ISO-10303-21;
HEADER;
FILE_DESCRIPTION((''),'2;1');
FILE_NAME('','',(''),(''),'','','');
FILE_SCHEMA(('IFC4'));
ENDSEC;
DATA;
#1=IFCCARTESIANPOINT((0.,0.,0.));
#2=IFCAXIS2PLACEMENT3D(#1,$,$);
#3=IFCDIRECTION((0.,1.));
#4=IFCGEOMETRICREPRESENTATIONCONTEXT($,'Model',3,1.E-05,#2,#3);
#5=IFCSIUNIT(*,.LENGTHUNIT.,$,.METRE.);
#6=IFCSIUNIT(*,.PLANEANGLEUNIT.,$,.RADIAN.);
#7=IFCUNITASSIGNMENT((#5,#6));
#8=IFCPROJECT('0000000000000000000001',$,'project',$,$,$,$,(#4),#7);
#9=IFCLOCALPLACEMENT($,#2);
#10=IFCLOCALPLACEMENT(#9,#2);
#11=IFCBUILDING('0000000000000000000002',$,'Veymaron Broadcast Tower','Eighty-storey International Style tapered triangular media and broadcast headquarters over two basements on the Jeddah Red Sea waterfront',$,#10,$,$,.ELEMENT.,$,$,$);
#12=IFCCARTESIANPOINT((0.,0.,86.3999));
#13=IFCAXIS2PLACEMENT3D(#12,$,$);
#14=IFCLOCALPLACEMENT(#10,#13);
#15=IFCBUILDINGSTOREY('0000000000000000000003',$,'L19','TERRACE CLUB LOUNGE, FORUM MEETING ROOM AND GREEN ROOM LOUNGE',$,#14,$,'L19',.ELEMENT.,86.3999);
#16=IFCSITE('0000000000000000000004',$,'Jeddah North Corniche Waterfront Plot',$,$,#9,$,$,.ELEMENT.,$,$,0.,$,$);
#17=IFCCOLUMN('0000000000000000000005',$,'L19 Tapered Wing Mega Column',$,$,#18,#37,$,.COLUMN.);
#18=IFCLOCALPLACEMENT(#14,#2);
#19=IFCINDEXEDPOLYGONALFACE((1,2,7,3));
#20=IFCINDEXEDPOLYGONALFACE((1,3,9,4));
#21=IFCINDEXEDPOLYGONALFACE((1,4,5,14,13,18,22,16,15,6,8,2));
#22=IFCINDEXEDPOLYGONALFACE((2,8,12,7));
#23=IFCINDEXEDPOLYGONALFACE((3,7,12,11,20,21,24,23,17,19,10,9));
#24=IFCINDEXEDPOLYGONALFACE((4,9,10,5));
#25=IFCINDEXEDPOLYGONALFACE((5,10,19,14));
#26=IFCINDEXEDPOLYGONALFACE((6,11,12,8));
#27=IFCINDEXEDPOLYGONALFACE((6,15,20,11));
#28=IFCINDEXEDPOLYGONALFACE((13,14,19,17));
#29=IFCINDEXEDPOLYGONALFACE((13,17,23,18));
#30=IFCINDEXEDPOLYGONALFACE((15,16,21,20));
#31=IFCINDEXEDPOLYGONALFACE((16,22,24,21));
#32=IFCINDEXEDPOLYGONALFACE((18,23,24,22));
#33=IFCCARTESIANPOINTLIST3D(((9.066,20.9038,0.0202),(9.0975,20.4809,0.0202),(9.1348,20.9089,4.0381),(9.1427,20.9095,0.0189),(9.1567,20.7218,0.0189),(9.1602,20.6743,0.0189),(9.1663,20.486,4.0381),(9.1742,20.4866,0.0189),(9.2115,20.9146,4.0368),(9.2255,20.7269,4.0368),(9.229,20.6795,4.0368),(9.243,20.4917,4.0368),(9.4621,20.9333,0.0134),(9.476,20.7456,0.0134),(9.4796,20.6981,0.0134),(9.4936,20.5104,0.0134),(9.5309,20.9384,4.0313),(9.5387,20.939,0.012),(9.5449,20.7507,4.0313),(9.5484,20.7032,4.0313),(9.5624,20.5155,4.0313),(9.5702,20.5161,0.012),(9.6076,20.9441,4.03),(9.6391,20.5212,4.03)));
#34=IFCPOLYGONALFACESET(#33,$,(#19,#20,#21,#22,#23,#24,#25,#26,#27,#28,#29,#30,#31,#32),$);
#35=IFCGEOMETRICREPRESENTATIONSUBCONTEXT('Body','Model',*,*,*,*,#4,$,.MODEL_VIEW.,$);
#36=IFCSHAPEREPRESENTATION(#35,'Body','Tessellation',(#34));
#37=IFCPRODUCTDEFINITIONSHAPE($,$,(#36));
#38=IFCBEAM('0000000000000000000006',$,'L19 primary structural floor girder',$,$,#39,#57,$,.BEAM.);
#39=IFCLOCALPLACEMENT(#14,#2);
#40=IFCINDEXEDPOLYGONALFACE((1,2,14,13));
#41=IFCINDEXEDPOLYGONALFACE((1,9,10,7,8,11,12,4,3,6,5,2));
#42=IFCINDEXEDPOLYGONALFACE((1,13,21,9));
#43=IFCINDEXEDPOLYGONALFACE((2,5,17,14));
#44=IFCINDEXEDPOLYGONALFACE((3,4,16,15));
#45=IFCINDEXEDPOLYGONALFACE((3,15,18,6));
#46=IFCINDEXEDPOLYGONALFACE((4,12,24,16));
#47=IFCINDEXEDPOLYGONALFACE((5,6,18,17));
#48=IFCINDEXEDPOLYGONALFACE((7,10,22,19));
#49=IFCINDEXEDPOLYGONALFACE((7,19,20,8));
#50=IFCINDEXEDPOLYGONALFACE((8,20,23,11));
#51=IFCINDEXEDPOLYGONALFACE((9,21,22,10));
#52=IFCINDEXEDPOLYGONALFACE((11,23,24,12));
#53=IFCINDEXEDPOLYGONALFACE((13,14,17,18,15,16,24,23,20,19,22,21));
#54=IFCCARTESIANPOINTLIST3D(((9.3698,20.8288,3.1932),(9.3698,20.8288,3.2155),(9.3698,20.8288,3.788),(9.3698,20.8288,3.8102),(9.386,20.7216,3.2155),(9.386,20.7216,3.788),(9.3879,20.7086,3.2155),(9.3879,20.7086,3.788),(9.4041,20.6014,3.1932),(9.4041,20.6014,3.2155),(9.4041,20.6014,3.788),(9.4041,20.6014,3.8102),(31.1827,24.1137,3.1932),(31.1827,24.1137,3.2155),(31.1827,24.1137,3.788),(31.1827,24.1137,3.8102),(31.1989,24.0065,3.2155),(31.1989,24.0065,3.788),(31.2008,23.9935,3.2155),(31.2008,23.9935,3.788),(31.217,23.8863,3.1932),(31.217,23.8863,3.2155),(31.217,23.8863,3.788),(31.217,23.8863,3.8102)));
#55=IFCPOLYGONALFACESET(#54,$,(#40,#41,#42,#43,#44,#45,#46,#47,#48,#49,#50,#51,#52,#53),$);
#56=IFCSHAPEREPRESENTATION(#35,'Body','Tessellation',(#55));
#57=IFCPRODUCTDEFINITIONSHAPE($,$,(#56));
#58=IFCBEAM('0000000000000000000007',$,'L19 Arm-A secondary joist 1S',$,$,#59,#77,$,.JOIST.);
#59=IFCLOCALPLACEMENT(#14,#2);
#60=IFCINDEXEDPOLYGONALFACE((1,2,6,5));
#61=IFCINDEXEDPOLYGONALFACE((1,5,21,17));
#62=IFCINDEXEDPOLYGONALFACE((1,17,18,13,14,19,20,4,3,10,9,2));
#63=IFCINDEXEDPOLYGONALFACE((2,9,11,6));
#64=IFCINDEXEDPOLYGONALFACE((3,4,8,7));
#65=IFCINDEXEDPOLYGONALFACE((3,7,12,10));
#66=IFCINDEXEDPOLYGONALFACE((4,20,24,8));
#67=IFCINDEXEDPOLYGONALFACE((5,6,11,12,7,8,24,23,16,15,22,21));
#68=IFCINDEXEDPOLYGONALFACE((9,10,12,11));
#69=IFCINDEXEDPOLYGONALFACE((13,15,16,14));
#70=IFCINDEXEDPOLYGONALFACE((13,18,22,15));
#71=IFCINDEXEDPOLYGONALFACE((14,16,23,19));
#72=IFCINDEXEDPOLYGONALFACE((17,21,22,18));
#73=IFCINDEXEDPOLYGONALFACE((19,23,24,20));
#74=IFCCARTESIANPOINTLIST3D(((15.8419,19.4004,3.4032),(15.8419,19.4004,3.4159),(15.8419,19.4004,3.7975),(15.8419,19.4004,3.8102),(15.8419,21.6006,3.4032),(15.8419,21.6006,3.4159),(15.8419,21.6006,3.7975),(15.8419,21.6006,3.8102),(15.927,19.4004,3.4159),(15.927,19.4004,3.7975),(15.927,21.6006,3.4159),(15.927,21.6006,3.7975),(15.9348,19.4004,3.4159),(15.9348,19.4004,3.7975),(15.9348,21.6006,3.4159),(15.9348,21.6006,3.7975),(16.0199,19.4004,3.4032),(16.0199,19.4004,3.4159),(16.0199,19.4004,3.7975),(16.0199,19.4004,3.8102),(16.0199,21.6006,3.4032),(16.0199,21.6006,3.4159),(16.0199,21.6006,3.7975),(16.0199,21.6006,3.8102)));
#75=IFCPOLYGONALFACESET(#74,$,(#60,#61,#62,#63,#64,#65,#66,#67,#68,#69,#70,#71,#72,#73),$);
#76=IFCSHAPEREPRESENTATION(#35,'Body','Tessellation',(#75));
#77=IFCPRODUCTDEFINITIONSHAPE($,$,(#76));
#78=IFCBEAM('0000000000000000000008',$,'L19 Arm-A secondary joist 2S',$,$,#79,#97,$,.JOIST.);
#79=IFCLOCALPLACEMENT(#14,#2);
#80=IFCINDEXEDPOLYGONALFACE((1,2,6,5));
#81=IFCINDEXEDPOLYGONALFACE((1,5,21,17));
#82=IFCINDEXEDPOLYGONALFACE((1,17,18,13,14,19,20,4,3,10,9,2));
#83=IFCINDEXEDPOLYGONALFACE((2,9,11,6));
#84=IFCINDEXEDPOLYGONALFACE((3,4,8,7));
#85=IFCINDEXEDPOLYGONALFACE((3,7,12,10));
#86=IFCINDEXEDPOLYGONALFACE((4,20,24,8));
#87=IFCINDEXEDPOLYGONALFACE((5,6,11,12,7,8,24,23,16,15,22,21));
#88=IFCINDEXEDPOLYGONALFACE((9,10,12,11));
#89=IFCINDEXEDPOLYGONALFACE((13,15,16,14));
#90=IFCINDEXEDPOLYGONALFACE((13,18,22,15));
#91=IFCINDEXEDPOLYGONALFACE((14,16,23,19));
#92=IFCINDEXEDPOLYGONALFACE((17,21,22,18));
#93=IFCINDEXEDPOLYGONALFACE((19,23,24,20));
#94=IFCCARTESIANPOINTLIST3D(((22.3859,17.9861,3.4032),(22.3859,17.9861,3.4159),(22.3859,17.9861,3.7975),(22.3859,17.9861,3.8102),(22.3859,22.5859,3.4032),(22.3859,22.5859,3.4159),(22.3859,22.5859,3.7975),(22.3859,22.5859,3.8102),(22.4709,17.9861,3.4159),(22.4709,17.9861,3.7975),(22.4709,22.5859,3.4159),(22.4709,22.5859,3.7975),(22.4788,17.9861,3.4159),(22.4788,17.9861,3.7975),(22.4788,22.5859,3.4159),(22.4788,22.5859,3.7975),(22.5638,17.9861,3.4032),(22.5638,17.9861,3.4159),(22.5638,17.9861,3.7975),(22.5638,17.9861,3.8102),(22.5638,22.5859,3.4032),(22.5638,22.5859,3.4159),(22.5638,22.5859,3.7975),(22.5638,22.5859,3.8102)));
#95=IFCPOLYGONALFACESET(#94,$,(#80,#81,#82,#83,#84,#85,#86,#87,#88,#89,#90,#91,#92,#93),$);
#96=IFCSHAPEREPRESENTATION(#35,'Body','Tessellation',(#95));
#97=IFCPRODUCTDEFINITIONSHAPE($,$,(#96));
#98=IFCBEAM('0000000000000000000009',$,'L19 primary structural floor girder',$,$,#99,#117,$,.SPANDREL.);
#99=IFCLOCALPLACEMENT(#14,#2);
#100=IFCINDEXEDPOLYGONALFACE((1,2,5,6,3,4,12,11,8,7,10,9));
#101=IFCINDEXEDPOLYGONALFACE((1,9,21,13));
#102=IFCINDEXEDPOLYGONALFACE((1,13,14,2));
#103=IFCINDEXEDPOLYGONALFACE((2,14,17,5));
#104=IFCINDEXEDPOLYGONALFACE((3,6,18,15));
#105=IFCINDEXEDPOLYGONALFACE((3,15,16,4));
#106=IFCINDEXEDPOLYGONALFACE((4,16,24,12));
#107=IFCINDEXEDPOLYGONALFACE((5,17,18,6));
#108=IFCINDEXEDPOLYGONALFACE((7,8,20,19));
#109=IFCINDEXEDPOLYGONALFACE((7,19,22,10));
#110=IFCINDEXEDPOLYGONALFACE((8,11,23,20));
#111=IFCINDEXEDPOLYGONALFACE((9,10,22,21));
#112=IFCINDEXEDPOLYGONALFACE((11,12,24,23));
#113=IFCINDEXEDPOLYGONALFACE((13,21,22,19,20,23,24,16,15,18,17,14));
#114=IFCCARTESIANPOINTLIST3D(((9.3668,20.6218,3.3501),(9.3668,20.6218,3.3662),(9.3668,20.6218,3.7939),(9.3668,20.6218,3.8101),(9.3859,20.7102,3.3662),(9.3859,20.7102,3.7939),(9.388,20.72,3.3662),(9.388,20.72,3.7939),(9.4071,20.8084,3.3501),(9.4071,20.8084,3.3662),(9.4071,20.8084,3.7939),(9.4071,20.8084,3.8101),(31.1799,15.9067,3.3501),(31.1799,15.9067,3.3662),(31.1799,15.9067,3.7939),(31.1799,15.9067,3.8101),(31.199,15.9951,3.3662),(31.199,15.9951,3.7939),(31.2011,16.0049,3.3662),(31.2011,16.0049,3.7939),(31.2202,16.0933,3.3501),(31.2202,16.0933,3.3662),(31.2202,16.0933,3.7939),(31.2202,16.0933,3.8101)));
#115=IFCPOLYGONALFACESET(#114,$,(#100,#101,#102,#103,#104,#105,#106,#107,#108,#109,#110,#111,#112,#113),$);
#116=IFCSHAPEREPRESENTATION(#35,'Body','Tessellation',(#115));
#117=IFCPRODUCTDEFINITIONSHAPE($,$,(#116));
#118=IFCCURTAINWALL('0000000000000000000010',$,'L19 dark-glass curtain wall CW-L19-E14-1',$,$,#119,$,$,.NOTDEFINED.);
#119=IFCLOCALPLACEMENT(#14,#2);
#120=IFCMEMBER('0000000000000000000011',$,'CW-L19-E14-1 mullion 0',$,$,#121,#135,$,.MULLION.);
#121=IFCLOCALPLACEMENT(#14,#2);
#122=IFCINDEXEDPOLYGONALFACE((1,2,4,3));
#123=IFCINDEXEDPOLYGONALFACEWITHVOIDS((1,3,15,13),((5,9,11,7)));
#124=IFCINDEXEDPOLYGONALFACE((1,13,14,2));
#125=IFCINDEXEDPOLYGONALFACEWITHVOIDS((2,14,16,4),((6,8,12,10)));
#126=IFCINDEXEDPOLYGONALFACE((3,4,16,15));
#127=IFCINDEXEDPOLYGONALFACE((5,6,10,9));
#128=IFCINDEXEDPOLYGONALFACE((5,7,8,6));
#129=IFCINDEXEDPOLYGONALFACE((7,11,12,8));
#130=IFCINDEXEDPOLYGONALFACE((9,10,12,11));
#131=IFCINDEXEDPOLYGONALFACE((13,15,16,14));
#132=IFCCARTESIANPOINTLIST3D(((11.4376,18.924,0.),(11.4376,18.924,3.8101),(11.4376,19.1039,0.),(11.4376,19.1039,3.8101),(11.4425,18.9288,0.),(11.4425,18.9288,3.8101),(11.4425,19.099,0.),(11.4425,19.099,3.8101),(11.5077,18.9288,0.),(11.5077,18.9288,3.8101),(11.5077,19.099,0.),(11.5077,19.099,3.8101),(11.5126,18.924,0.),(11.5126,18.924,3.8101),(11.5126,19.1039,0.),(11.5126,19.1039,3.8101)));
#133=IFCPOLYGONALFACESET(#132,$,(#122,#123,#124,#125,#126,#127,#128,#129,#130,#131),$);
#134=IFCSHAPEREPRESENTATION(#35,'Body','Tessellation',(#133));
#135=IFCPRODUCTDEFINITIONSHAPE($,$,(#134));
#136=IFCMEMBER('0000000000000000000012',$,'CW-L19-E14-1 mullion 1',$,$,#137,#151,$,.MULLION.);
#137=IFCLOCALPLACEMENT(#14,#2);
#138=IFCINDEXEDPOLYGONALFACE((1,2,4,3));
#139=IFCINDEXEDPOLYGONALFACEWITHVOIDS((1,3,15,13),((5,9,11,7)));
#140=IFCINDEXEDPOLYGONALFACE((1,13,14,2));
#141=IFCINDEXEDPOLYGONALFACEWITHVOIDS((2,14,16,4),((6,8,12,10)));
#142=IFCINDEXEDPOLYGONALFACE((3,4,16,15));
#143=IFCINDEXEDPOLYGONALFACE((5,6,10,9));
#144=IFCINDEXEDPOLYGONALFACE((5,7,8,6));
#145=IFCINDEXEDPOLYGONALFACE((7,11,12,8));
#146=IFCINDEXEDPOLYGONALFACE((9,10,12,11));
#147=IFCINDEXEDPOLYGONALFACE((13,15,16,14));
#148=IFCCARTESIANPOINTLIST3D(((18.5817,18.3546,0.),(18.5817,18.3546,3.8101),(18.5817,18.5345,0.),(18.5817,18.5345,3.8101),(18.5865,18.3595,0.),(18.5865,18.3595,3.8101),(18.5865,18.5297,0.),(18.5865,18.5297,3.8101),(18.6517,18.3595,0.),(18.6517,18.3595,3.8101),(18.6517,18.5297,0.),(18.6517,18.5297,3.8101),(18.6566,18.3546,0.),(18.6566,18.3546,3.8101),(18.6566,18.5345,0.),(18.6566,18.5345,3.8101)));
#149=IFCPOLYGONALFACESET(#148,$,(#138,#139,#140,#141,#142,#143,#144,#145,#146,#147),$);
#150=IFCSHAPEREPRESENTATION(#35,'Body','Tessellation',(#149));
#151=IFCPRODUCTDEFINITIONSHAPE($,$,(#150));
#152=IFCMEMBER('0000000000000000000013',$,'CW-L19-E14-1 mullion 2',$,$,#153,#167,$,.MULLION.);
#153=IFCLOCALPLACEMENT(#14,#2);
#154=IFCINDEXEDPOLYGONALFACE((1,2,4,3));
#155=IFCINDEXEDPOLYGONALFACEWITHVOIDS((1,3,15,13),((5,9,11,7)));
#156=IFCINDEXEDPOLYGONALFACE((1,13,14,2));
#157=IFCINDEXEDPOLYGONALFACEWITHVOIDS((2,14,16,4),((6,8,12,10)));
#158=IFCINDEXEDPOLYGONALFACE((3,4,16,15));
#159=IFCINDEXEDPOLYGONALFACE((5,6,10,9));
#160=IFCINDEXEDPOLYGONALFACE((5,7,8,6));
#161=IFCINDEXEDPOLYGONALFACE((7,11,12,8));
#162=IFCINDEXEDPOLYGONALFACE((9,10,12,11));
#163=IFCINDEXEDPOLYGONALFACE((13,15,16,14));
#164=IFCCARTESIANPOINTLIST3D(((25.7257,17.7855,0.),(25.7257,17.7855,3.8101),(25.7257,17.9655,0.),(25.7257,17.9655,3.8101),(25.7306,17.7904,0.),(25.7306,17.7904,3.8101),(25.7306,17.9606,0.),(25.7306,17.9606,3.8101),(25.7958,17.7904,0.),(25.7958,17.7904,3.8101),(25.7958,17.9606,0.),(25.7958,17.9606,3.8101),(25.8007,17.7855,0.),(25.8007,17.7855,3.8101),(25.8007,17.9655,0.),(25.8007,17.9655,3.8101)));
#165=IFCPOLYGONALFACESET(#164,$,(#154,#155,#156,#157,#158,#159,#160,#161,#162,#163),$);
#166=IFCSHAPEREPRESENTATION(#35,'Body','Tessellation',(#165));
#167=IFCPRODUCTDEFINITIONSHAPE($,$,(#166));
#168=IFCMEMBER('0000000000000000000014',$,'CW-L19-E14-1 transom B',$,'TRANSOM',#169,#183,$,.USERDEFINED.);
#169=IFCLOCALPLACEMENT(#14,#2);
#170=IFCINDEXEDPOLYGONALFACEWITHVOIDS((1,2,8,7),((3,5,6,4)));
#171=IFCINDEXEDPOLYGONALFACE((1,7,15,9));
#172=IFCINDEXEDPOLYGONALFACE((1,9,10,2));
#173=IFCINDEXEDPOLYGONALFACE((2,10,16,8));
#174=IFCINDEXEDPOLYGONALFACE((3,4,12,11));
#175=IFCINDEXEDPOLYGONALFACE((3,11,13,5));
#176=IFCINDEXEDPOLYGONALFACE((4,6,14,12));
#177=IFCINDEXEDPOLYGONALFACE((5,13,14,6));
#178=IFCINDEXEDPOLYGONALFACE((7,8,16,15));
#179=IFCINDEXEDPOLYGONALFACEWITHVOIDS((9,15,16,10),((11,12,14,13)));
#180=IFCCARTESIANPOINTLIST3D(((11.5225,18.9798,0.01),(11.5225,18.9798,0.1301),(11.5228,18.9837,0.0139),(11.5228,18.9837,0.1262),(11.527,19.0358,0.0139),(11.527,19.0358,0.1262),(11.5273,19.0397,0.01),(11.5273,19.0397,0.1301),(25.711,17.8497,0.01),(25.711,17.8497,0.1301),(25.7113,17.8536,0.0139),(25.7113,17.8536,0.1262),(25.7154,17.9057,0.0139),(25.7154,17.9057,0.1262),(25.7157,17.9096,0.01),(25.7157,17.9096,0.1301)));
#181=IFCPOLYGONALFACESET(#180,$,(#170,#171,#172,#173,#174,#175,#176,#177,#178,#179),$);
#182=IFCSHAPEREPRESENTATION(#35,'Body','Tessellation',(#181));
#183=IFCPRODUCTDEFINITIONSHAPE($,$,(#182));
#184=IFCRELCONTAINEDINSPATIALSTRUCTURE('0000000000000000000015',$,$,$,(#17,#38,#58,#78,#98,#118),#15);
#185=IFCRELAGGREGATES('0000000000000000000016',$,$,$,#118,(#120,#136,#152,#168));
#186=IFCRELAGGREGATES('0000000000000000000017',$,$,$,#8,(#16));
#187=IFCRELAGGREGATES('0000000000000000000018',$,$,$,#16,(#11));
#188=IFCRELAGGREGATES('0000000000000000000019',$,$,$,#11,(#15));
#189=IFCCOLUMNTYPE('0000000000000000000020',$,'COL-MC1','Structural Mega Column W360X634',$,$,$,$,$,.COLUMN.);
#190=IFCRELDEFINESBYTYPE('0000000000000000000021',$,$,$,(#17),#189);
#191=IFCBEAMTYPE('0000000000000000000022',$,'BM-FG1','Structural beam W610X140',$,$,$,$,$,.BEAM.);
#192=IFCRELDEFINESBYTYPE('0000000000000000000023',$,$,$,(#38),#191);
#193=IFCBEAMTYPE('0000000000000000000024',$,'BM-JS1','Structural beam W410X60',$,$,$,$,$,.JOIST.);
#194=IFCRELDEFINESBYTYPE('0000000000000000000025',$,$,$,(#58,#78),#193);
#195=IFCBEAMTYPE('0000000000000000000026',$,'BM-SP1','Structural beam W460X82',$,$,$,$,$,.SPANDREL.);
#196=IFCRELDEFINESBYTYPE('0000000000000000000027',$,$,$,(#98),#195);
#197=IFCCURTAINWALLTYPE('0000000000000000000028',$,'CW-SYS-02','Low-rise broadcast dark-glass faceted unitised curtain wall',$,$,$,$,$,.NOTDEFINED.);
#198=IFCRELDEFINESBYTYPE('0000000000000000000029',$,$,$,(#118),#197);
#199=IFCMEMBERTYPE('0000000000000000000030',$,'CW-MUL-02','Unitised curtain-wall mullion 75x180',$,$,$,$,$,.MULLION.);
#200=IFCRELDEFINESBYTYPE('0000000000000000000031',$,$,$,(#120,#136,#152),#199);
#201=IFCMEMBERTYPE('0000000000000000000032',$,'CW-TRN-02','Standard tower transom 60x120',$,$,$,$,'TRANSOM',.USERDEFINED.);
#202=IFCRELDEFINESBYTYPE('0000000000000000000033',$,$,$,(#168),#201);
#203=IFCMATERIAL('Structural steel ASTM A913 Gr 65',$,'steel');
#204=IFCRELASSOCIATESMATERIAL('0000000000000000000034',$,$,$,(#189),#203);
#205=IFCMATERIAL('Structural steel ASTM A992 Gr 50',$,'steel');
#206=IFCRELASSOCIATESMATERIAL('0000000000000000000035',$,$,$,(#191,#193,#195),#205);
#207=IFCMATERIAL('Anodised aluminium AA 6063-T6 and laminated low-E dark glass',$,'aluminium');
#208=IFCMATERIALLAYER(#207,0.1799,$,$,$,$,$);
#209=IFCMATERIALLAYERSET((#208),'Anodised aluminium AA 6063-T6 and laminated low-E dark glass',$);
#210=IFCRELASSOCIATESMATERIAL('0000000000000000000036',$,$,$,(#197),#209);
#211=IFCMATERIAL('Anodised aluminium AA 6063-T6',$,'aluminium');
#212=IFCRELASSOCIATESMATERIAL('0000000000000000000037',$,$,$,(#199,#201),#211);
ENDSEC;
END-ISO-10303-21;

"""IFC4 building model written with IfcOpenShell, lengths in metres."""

from ifc_helpers import new_model, si_unit, direction, frame, origin, origin_2d, place, context, subcontext, project, spatial, hollow_rectangle, i_section, extrude, material, layer, layer_set, material_profile, profile_set, type_object, element, aggregate, save


model = new_model("IFC4")

# Units and contexts
model_context = context("Model", 3, precision=1e-05, world=origin(), true_north=direction((0.0, 1.0)))
body_context = subcontext(model_context, "Body", "Model", "MODEL_VIEW")
ifc_project = project(units=[si_unit("LENGTHUNIT", "METRE"), si_unit("PLANEANGLEUNIT", "RADIAN")], contexts=[model_context])

# Site, building, storey
site_placement = place(None, origin())
site = spatial("IfcSite", under=ifc_project, at=site_placement, Name="Jeddah North Corniche Waterfront Plot", CompositionType="ELEMENT", RefElevation=0.0)
building_placement = place(site_placement, origin())
building = spatial("IfcBuilding", under=site, at=building_placement, Name="Veymaron Broadcast Tower", Description="Eighty-storey International Style tapered triangular media and broadcast headquarters over two basements on the Jeddah Red Sea waterfront", CompositionType="ELEMENT")
storey_placement = place(building_placement, frame((0.0, 0.0, 86.3999)))
storey = spatial("IfcBuildingStorey", under=building, at=storey_placement, Name="L19", Description="TERRACE CLUB LOUNGE, FORUM MEETING ROOM AND GREEN ROOM LOUNGE", LongName="L19", CompositionType="ELEMENT", Elevation=86.3999)

# Column
ifc_material_1 = material(Name="Structural steel ASTM A913 Gr 65", Category="steel")
ifc_material_profile_1 = material_profile(ifc_material_1, i_section(OverallWidth=0.4241, OverallDepth=0.4741, WebThickness=0.0476, FlangeThickness=0.0769, at=origin_2d()), Name="W360X634")
ifc_profile_set_1 = profile_set([ifc_material_profile_1], Name="Structural steel ASTM A913 Gr 65")
column_type = type_object("IfcColumnType", Name="COL-MC1", Description="Structural Mega Column W360X634", PredefinedType="COLUMN", material=ifc_profile_set_1)
column_placement = place(storey_placement, frame((9.3181, 20.71, 0.0161), z_axis=(0.017132, 0.001276, 0.999852), x_axis=(-0.074262, 0.997239, 0.0)))
element("IfcColumn", 1, at=column_placement, inside=storey, type_object=column_type, Name="L19 Tapered Wing Mega Column", PredefinedType="COLUMN", context=body_context, shape_type="SweptSolid", body=[
    extrude(i_section(OverallWidth=0.4241, OverallDepth=0.4741, WebThickness=0.0476, FlangeThickness=0.0769, at=origin_2d()), origin(), (0.0, 0.0, 1.0), 4.0186),
])

# Beams
ifc_material_2 = material(Name="Structural steel ASTM A992 Gr 50", Category="steel")
ifc_material_profile_2 = material_profile(ifc_material_2, i_section(OverallWidth=0.23, OverallDepth=0.6169, WebThickness=0.0132, FlangeThickness=0.0222, at=origin_2d()), Name="W610X140")
ifc_profile_set_2 = profile_set([ifc_material_profile_2], Name="Structural steel ASTM A992 Gr 50")
beam_type_1 = type_object("IfcBeamType", Name="BM-FG1", Description="Structural beam W610X140", PredefinedType="BEAM", material=ifc_profile_set_2)
beam_1_placement = place(storey_placement, frame((9.387, 20.7151, 3.5017), z_axis=(0.98885, 0.148915, 0.0), x_axis=(-0.148915, 0.98885, 0.0)))
element("IfcBeam", 2, at=beam_1_placement, inside=storey, type_object=beam_type_1, Name="L19 primary structural floor girder", PredefinedType="BEAM", context=body_context, shape_type="SweptSolid", body=[
    extrude(i_section(OverallWidth=0.23, OverallDepth=0.6169, WebThickness=0.0132, FlangeThickness=0.0222, at=origin_2d()), origin(), (0.0, 0.0, 1.0), 22.0588),
])
ifc_material_profile_3 = material_profile(ifc_material_2, i_section(OverallWidth=0.178, OverallDepth=0.407, WebThickness=0.0078, FlangeThickness=0.0127, at=origin_2d()), Name="W410X60")
ifc_profile_set_3 = profile_set([ifc_material_profile_3], Name="Structural steel ASTM A992 Gr 50")
beam_type_2 = type_object("IfcBeamType", Name="BM-JS1", Description="Structural beam W410X60", PredefinedType="JOIST", material=ifc_profile_set_3)
beam_2_placement = place(storey_placement, frame((15.9309, 19.4004, 3.6067), z_axis=(0.0, 1.0, 0.0), x_axis=(-1.0, 0.0, 0.0)))
element("IfcBeam", 3, at=beam_2_placement, inside=storey, type_object=beam_type_2, Name="L19 Arm-A secondary joist 1S", PredefinedType="JOIST", context=body_context, shape_type="SweptSolid", body=[
    extrude(i_section(OverallWidth=0.178, OverallDepth=0.407, WebThickness=0.0078, FlangeThickness=0.0127, at=origin_2d()), origin(), (0.0, 0.0, 1.0), 2.2002),
])
beam_3_placement = place(storey_placement, frame((22.4749, 17.9861, 3.6067), z_axis=(0.0, 1.0, 0.0), x_axis=(-1.0, 0.0, 0.0)))
element("IfcBeam", 4, at=beam_3_placement, inside=storey, type_object=beam_type_2, Name="L19 Arm-A secondary joist 2S", PredefinedType="JOIST", context=body_context, shape_type="SweptSolid", body=[
    extrude(i_section(OverallWidth=0.178, OverallDepth=0.407, WebThickness=0.0078, FlangeThickness=0.0127, at=origin_2d()), origin(), (0.0, 0.0, 1.0), 4.5999),
])
ifc_material_profile_4 = material_profile(ifc_material_2, i_section(OverallWidth=0.1909, OverallDepth=0.46, WebThickness=0.01, FlangeThickness=0.0161, at=origin_2d()), Name="W460X82")
ifc_profile_set_4 = profile_set([ifc_material_profile_4], Name="Structural steel ASTM A992 Gr 50")
beam_type_3 = type_object("IfcBeamType", Name="BM-SP1", Description="Structural beam W460X82", PredefinedType="SPANDREL", material=ifc_profile_set_4)
beam_4_placement = place(storey_placement, frame((9.387, 20.7151, 3.5801), z_axis=(0.977426, -0.21128, 0.0), x_axis=(0.21128, 0.977426, 0.0)))
element("IfcBeam", 5, at=beam_4_placement, inside=storey, type_object=beam_type_3, Name="L19 primary structural floor girder", PredefinedType="SPANDREL", context=body_context, shape_type="SweptSolid", body=[
    extrude(i_section(OverallWidth=0.1909, OverallDepth=0.46, WebThickness=0.01, FlangeThickness=0.0161, at=origin_2d()), origin(), (0.0, 0.0, 1.0), 22.3169),
])

# Curtain wall, members
ifc_material_3 = material(Name="Anodised aluminium AA 6063-T6 and laminated low-E dark glass", Category="aluminium")
ifc_layer_1 = layer(ifc_material_3, 0.1799)
ifc_layer_set_1 = layer_set([ifc_layer_1], Name="Anodised aluminium AA 6063-T6 and laminated low-E dark glass")
curtain_wall_type = type_object("IfcCurtainWallType", Name="CW-SYS-02", Description="Low-rise broadcast dark-glass faceted unitised curtain wall", PredefinedType="NOTDEFINED", material=ifc_layer_set_1)
curtain_wall_placement = place(storey_placement, origin())
curtain_wall = element("IfcCurtainWall", 6, at=curtain_wall_placement, inside=storey, type_object=curtain_wall_type, Name="L19 dark-glass curtain wall CW-L19-E14-1", PredefinedType="NOTDEFINED")
ifc_material_4 = material(Name="Anodised aluminium AA 6063-T6", Category="aluminium")
ifc_material_profile_5 = material_profile(ifc_material_4, hollow_rectangle(XDim=0.075, YDim=0.1799, WallThickness=0.0049, at=origin_2d()), Name="AL180X75X5")
ifc_profile_set_5 = profile_set([ifc_material_profile_5], Name="Anodised aluminium AA 6063-T6")
member_type_1 = type_object("IfcMemberType", Name="CW-MUL-02", Description="Unitised curtain-wall mullion 75x180", PredefinedType="MULLION", material=ifc_profile_set_5)
member_1_placement = place(storey_placement, frame((11.4751, 19.0139, 0.0), z_axis=(0.0, 0.0, 1.0), x_axis=(1.0, 0.0, 0.0)))
member_1 = element("IfcMember", 7, at=member_1_placement, type_object=member_type_1, Name="CW-L19-E14-1 mullion 0", PredefinedType="MULLION", context=body_context, shape_type="SweptSolid", body=[
    extrude(hollow_rectangle(XDim=0.075, YDim=0.1799, WallThickness=0.0049, at=origin_2d()), origin(), (0.0, 0.0, 1.0), 3.8101),
])
member_2_placement = place(storey_placement, frame((18.6191, 18.4446, 0.0), z_axis=(0.0, 0.0, 1.0), x_axis=(1.0, 0.0, 0.0)))
member_2 = element("IfcMember", 8, at=member_2_placement, type_object=member_type_1, Name="CW-L19-E14-1 mullion 1", PredefinedType="MULLION", context=body_context, shape_type="SweptSolid", body=[
    extrude(hollow_rectangle(XDim=0.075, YDim=0.1799, WallThickness=0.0049, at=origin_2d()), origin(), (0.0, 0.0, 1.0), 3.8101),
])
member_3_placement = place(storey_placement, frame((25.7632, 17.8755, 0.0), z_axis=(0.0, 0.0, 1.0), x_axis=(1.0, 0.0, 0.0)))
member_3 = element("IfcMember", 9, at=member_3_placement, type_object=member_type_1, Name="CW-L19-E14-1 mullion 2", PredefinedType="MULLION", context=body_context, shape_type="SweptSolid", body=[
    extrude(hollow_rectangle(XDim=0.075, YDim=0.1799, WallThickness=0.0049, at=origin_2d()), origin(), (0.0, 0.0, 1.0), 3.8101),
])
ifc_material_profile_6 = material_profile(ifc_material_4, hollow_rectangle(XDim=0.0601, YDim=0.1201, WallThickness=0.0039, at=origin_2d()), Name="AL120X60X4")
ifc_profile_set_6 = profile_set([ifc_material_profile_6], Name="Anodised aluminium AA 6063-T6")
member_type_2 = type_object("IfcMemberType", Name="CW-TRN-02", Description="Standard tower transom 60x120", ElementType="TRANSOM", PredefinedType="USERDEFINED", material=ifc_profile_set_6)
member_4_placement = place(storey_placement, frame((11.5249, 19.0098, 0.0701), z_axis=(0.996843, -0.0794, 0.0), x_axis=(0.0794, 0.996843, 0.0)))
member_4 = element("IfcMember", 10, at=member_4_placement, type_object=member_type_2, Name="CW-L19-E14-1 transom B", ObjectType="TRANSOM", PredefinedType="USERDEFINED", context=body_context, shape_type="SweptSolid", body=[
    extrude(hollow_rectangle(XDim=0.0601, YDim=0.1201, WallThickness=0.0039, at=origin_2d()), origin(), (0.0, 0.0, 1.0), 14.2334),
])
aggregate(curtain_wall, [member_1, member_2, member_3, member_4])

save(model, "model.ifc")
